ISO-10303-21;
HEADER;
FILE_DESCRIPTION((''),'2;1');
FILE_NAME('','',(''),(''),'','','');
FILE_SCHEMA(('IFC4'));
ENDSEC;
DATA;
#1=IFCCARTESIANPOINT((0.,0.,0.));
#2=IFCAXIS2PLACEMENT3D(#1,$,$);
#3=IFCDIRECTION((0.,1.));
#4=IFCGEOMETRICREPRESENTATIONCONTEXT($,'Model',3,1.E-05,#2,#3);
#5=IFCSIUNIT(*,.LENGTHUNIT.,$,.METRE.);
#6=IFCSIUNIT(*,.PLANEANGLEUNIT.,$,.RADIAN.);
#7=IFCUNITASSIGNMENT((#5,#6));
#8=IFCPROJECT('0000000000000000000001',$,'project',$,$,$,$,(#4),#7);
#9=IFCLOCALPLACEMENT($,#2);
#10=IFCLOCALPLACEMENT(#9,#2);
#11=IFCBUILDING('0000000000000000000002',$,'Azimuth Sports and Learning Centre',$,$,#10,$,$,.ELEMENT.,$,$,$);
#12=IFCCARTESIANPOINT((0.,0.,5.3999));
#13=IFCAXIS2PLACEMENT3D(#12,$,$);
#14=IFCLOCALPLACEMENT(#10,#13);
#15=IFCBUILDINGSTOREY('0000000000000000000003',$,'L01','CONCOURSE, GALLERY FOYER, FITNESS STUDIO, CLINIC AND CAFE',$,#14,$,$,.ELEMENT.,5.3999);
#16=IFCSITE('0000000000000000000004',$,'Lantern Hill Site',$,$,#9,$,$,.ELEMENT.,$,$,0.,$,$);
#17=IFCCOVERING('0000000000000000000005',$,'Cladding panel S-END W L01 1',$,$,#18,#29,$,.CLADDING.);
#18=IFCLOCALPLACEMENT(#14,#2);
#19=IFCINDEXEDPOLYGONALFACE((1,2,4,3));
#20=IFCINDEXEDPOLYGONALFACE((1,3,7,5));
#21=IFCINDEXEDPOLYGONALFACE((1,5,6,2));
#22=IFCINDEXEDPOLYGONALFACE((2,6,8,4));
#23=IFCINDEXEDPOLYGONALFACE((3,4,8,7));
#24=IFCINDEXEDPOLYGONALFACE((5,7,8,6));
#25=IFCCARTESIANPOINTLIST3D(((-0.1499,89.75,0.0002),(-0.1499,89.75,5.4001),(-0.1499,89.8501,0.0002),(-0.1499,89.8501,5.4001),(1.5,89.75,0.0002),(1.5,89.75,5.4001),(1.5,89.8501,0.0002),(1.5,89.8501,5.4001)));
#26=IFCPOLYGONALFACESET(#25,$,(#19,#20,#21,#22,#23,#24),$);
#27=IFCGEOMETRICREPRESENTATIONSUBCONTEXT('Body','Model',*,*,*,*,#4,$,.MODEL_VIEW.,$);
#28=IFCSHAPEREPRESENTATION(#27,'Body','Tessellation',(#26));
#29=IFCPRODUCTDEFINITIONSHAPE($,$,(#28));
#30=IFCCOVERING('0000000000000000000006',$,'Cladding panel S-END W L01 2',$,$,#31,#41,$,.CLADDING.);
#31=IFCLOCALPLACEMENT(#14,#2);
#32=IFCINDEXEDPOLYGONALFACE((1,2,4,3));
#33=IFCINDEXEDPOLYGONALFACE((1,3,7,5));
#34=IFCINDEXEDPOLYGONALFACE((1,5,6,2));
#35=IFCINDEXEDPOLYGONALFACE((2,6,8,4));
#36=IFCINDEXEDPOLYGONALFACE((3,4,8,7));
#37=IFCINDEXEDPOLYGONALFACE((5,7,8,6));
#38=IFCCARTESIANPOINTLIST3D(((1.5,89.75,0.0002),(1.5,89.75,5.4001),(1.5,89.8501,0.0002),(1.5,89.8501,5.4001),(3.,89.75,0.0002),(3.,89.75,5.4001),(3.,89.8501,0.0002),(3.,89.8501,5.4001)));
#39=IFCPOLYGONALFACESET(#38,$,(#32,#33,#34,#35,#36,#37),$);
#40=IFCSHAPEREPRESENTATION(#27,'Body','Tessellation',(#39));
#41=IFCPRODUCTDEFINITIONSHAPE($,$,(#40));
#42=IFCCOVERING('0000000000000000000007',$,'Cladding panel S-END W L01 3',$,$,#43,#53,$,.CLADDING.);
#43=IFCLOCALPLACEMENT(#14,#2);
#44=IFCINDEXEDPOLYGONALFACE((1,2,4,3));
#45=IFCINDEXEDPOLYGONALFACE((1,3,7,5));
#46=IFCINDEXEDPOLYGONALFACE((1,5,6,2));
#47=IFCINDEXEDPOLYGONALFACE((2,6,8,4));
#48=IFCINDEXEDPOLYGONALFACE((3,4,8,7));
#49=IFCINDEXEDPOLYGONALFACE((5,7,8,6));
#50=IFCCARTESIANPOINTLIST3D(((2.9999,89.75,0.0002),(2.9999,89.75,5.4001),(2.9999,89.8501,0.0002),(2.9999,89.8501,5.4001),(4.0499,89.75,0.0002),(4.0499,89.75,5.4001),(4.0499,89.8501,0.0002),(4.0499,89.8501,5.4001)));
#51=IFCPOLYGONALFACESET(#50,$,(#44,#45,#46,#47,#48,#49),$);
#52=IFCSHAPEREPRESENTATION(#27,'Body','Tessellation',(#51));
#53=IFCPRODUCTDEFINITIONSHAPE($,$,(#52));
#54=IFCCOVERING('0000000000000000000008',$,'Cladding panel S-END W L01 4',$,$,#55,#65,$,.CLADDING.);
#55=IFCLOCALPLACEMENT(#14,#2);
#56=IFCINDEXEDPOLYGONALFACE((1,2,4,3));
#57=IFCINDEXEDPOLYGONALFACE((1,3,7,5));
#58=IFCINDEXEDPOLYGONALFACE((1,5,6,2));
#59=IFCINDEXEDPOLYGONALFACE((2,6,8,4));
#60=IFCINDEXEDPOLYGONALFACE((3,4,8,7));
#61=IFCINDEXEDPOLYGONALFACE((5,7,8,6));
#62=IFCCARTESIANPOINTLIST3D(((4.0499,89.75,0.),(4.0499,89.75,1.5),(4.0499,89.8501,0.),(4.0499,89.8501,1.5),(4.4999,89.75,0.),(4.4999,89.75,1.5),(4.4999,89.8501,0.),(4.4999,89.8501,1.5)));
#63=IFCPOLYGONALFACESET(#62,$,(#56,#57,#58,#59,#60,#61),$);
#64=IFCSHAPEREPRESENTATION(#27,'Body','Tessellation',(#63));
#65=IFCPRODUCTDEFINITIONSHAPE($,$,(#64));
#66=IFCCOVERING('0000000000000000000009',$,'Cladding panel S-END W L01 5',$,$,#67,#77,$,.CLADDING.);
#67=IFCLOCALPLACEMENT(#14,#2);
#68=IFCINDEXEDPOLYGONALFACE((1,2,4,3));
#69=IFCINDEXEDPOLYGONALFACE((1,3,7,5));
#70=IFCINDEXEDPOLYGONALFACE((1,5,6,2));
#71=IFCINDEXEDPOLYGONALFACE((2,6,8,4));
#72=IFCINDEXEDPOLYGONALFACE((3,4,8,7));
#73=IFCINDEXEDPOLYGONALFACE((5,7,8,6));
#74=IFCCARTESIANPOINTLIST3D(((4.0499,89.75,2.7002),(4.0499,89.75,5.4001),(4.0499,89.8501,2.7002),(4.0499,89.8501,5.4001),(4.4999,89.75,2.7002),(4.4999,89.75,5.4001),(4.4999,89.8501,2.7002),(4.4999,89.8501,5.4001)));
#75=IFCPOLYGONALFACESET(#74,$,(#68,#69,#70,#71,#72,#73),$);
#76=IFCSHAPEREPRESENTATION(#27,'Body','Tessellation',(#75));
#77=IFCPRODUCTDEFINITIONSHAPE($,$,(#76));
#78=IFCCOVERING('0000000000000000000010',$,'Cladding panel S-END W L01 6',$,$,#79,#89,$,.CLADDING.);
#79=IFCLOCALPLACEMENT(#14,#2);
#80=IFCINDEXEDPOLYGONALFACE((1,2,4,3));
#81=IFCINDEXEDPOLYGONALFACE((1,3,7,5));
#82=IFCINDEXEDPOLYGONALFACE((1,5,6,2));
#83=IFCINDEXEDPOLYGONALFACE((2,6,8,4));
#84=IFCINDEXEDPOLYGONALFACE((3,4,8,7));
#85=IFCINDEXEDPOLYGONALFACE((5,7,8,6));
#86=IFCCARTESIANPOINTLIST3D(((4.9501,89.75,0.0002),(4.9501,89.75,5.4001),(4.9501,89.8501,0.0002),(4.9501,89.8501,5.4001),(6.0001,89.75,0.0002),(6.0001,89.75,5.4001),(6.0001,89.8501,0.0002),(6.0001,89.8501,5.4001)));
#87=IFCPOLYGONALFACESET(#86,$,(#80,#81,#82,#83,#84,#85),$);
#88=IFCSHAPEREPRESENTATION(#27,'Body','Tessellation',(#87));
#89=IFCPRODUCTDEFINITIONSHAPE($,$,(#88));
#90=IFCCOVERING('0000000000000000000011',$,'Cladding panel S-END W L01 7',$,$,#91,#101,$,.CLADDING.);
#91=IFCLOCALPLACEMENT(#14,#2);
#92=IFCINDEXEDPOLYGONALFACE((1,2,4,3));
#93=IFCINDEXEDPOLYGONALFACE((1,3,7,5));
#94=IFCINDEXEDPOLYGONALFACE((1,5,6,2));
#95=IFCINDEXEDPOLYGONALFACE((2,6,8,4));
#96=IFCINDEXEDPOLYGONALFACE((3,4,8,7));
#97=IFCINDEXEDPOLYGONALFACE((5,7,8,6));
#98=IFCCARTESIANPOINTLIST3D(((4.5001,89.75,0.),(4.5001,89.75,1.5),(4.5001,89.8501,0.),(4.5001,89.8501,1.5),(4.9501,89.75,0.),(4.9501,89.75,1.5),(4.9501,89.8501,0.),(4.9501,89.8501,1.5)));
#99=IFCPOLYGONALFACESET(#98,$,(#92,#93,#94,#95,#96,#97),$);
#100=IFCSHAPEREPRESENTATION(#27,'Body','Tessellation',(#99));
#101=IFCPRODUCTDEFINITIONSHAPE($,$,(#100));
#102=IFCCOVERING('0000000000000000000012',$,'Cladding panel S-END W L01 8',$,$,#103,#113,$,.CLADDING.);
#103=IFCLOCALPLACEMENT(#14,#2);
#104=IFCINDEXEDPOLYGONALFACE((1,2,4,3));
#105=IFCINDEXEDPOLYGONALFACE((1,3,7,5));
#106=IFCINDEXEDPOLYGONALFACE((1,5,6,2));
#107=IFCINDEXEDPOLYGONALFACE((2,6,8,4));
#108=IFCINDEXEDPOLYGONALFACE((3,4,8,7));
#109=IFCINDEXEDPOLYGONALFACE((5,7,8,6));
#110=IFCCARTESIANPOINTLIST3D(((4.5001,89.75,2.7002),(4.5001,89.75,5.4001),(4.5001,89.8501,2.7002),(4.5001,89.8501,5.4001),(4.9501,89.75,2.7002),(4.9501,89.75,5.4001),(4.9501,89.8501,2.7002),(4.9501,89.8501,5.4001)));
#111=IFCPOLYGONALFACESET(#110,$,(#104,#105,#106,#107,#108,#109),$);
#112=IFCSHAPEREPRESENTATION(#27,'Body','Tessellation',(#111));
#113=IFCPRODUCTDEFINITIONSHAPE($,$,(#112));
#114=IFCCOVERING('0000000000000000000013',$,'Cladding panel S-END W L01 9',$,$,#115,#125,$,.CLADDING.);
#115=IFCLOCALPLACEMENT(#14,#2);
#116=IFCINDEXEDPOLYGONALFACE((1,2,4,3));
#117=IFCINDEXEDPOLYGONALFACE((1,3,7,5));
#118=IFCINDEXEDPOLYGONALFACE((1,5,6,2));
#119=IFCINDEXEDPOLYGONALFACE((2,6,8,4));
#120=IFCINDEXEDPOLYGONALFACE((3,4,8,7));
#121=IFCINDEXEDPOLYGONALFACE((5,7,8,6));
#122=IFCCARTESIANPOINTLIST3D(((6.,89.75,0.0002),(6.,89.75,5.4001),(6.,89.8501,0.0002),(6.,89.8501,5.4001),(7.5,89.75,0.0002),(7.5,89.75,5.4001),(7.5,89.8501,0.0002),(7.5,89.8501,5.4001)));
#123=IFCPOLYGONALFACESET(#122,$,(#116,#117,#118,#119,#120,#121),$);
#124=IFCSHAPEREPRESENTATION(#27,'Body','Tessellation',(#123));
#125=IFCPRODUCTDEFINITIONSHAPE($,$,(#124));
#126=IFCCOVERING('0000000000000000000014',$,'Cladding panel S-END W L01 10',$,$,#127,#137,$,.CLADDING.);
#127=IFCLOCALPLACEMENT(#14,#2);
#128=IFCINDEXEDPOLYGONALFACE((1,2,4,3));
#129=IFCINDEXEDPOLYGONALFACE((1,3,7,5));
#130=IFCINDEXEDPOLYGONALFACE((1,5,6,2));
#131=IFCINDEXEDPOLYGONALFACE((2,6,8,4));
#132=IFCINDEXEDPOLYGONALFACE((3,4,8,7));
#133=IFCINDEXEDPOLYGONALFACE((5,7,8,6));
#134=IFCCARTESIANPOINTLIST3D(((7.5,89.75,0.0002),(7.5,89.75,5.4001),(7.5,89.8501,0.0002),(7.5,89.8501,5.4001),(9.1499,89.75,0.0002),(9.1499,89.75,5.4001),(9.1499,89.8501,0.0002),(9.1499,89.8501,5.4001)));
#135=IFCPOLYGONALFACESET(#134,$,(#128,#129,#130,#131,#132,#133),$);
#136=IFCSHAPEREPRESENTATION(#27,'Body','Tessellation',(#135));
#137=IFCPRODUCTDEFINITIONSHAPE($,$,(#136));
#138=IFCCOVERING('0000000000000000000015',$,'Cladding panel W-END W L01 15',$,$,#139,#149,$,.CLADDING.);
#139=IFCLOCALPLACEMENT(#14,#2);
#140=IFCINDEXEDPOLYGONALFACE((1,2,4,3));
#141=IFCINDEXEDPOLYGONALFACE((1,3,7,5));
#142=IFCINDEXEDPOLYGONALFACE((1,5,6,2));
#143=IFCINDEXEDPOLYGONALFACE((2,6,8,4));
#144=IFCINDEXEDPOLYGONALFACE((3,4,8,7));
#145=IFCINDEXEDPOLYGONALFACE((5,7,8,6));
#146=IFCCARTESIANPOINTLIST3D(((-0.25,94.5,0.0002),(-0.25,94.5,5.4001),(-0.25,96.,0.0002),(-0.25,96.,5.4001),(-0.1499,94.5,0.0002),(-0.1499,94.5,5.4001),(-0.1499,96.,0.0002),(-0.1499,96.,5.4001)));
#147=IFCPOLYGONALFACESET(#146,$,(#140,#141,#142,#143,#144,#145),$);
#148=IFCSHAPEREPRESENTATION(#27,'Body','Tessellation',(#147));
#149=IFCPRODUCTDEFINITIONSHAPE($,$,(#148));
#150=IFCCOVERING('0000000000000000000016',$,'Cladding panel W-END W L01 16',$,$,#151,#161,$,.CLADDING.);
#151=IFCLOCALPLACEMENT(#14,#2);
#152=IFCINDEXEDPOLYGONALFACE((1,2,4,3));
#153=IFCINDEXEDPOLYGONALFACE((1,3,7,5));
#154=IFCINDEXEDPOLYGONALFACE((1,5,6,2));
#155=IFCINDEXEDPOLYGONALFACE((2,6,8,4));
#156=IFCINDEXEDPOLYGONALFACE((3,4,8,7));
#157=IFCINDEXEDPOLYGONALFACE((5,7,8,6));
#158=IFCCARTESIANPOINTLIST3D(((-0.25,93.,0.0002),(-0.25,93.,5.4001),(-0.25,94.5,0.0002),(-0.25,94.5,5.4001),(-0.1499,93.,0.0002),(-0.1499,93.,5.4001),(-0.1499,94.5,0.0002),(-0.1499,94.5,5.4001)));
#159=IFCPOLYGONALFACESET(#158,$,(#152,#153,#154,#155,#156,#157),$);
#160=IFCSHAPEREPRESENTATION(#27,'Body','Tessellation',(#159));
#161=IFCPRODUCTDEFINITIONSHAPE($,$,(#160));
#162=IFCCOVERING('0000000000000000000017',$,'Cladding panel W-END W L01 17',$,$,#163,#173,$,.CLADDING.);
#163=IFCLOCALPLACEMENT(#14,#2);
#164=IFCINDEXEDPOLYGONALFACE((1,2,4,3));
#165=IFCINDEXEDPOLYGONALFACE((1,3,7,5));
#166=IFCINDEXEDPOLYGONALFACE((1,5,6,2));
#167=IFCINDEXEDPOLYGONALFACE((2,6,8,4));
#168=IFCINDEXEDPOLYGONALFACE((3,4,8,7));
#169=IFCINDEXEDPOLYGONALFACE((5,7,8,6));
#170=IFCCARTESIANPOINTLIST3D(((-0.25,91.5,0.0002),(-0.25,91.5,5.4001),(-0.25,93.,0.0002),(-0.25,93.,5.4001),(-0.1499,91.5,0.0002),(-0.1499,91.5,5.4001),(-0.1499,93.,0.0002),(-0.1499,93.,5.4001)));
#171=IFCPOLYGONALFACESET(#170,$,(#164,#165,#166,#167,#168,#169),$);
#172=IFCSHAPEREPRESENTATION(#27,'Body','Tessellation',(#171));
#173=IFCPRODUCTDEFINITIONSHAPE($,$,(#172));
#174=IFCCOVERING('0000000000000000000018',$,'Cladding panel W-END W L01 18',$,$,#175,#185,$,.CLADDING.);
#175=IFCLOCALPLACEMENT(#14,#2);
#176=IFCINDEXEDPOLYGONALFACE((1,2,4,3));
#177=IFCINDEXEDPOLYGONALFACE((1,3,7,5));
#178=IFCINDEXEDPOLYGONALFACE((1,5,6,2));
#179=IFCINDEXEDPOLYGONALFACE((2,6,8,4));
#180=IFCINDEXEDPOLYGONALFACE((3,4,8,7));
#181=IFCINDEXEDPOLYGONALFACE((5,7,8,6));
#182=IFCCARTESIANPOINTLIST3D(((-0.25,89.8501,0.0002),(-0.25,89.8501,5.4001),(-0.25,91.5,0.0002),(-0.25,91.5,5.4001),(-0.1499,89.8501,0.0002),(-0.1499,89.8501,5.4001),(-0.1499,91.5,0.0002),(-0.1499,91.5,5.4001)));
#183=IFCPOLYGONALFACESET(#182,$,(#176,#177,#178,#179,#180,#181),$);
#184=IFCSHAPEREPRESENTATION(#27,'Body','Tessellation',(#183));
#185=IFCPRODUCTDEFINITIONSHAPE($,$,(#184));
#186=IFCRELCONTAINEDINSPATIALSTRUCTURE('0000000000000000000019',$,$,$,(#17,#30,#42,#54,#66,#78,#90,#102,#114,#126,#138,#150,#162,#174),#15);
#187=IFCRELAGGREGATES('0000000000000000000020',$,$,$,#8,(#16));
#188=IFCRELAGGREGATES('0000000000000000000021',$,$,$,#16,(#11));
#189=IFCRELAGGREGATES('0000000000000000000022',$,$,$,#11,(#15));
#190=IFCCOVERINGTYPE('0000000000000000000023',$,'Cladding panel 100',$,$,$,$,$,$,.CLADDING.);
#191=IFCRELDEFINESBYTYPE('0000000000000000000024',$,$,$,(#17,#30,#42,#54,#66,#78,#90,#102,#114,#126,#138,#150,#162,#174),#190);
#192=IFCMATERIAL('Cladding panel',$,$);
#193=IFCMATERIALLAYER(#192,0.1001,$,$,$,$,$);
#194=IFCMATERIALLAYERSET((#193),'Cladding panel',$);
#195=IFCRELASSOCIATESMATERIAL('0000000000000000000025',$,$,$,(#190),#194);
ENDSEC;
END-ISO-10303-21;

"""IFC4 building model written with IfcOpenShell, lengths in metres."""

from ifc_helpers import new_model, si_unit, direction, frame, origin, origin_2d, place, context, subcontext, project, spatial, rectangle, extrude, material, layer, layer_set, type_object, element, save


model = new_model("IFC4")

# Units and contexts
model_context = context("Model", 3, precision=1e-05, world=origin(), true_north=direction((0.0, 1.0)))
body_context = subcontext(model_context, "Body", "Model", "MODEL_VIEW")
ifc_project = project(units=[si_unit("LENGTHUNIT", "METRE"), si_unit("PLANEANGLEUNIT", "RADIAN")], contexts=[model_context])

# Site, building, storey
site_placement = place(None, origin())
site = spatial("IfcSite", under=ifc_project, at=site_placement, Name="Lantern Hill Site", CompositionType="ELEMENT", RefElevation=0.0)
building_placement = place(site_placement, origin())
building = spatial("IfcBuilding", under=site, at=building_placement, Name="Azimuth Sports and Learning Centre", CompositionType="ELEMENT")
storey_placement = place(building_placement, frame((0.0, 0.0, 5.3999)))
storey = spatial("IfcBuildingStorey", under=building, at=storey_placement, Name="L01", Description="CONCOURSE, GALLERY FOYER, FITNESS STUDIO, CLINIC AND CAFE", CompositionType="ELEMENT", Elevation=5.3999)

# Coverings
ifc_material_1 = material(Name="Cladding panel")
ifc_layer_1 = layer(ifc_material_1, 0.1001)
ifc_layer_set_1 = layer_set([ifc_layer_1], Name="Cladding panel")
covering_type = type_object("IfcCoveringType", Name="Cladding panel 100", PredefinedType="CLADDING", material=ifc_layer_set_1)
covering_1_placement = place(storey_placement, frame((0.675, 89.8, 0.0002), z_axis=(0.0, 0.0, 1.0), x_axis=(1.0, 0.0, 0.0)))
element("IfcCovering", 1, at=covering_1_placement, inside=storey, type_object=covering_type, Name="Cladding panel S-END W L01 1", PredefinedType="CLADDING", context=body_context, shape_type="SweptSolid", body=[
    extrude(rectangle(XDim=1.6499, YDim=0.1001, at=origin_2d()), origin(), (0.0, 0.0, 1.0), 5.3999),
])
covering_2_placement = place(storey_placement, frame((2.25, 89.8, 0.0002), z_axis=(0.0, 0.0, 1.0), x_axis=(1.0, 0.0, 0.0)))
element("IfcCovering", 2, at=covering_2_placement, inside=storey, type_object=covering_type, Name="Cladding panel S-END W L01 2", PredefinedType="CLADDING", context=body_context, shape_type="SweptSolid", body=[
    extrude(rectangle(XDim=1.5, YDim=0.1001, at=origin_2d()), origin(), (0.0, 0.0, 1.0), 5.3999),
])
covering_3_placement = place(storey_placement, frame((3.5249, 89.8, 0.0002), z_axis=(0.0, 0.0, 1.0), x_axis=(1.0, 0.0, 0.0)))
element("IfcCovering", 3, at=covering_3_placement, inside=storey, type_object=covering_type, Name="Cladding panel S-END W L01 3", PredefinedType="CLADDING", context=body_context, shape_type="SweptSolid", body=[
    extrude(rectangle(XDim=1.05, YDim=0.1001, at=origin_2d()), origin(), (0.0, 0.0, 1.0), 5.3999),
])
covering_4_placement = place(storey_placement, frame((4.2749, 89.8, 0.0), z_axis=(0.0, 0.0, 1.0), x_axis=(1.0, 0.0, 0.0)))
element("IfcCovering", 4, at=covering_4_placement, inside=storey, type_object=covering_type, Name="Cladding panel S-END W L01 4", PredefinedType="CLADDING", context=body_context, shape_type="SweptSolid", body=[
    extrude(rectangle(XDim=0.45, YDim=0.1001, at=origin_2d()), origin(), (0.0, 0.0, 1.0), 1.5),
])
covering_5_placement = place(storey_placement, frame((4.2749, 89.8, 2.7002), z_axis=(0.0, 0.0, 1.0), x_axis=(1.0, 0.0, 0.0)))
element("IfcCovering", 5, at=covering_5_placement, inside=storey, type_object=covering_type, Name="Cladding panel S-END W L01 5", PredefinedType="CLADDING", context=body_context, shape_type="SweptSolid", body=[
    extrude(rectangle(XDim=0.45, YDim=0.1001, at=origin_2d()), origin(), (0.0, 0.0, 1.0), 2.7),
])
covering_6_placement = place(storey_placement, frame((5.4751, 89.8, 0.0002), z_axis=(0.0, 0.0, 1.0), x_axis=(1.0, 0.0, 0.0)))
element("IfcCovering", 6, at=covering_6_placement, inside=storey, type_object=covering_type, Name="Cladding panel S-END W L01 6", PredefinedType="CLADDING", context=body_context, shape_type="SweptSolid", body=[
    extrude(rectangle(XDim=1.05, YDim=0.1001, at=origin_2d()), origin(), (0.0, 0.0, 1.0), 5.3999),
])
covering_7_placement = place(storey_placement, frame((4.7251, 89.8, 0.0), z_axis=(0.0, 0.0, 1.0), x_axis=(1.0, 0.0, 0.0)))
element("IfcCovering", 7, at=covering_7_placement, inside=storey, type_object=covering_type, Name="Cladding panel S-END W L01 7", PredefinedType="CLADDING", context=body_context, shape_type="SweptSolid", body=[
    extrude(rectangle(XDim=0.45, YDim=0.1001, at=origin_2d()), origin(), (0.0, 0.0, 1.0), 1.5),
])
covering_8_placement = place(storey_placement, frame((4.7251, 89.8, 2.7002), z_axis=(0.0, 0.0, 1.0), x_axis=(1.0, 0.0, 0.0)))
element("IfcCovering", 8, at=covering_8_placement, inside=storey, type_object=covering_type, Name="Cladding panel S-END W L01 8", PredefinedType="CLADDING", context=body_context, shape_type="SweptSolid", body=[
    extrude(rectangle(XDim=0.45, YDim=0.1001, at=origin_2d()), origin(), (0.0, 0.0, 1.0), 2.7),
])
covering_9_placement = place(storey_placement, frame((6.75, 89.8, 0.0002), z_axis=(0.0, 0.0, 1.0), x_axis=(1.0, 0.0, 0.0)))
element("IfcCovering", 9, at=covering_9_placement, inside=storey, type_object=covering_type, Name="Cladding panel S-END W L01 9", PredefinedType="CLADDING", context=body_context, shape_type="SweptSolid", body=[
    extrude(rectangle(XDim=1.5, YDim=0.1001, at=origin_2d()), origin(), (0.0, 0.0, 1.0), 5.3999),
])
covering_10_placement = place(storey_placement, frame((8.325, 89.8, 0.0002), z_axis=(0.0, 0.0, 1.0), x_axis=(1.0, 0.0, 0.0)))
element("IfcCovering", 10, at=covering_10_placement, inside=storey, type_object=covering_type, Name="Cladding panel S-END W L01 10", PredefinedType="CLADDING", context=body_context, shape_type="SweptSolid", body=[
    extrude(rectangle(XDim=1.6499, YDim=0.1001, at=origin_2d()), origin(), (0.0, 0.0, 1.0), 5.3999),
])
for number, where, z_axis, x_axis, name in (
    (11, (-0.2, 95.25, 0.0002), (0.0, 0.0, 1.0), (0.0, -1.0, 0.0), "Cladding panel W-END W L01 15"),
    (12, (-0.2, 93.75, 0.0002), (0.0, 0.0, 1.0), (0.0, -1.0, 0.0), "Cladding panel W-END W L01 16"),
    (13, (-0.2, 92.25, 0.0002), (0.0, 0.0, 1.0), (0.0, -1.0, 0.0), "Cladding panel W-END W L01 17"),
):
    element("IfcCovering", number, at=place(storey_placement, frame(where, z_axis=z_axis, x_axis=x_axis)), inside=storey, type_object=covering_type, Name=name, PredefinedType="CLADDING", context=body_context, shape_type="SweptSolid", body=[
        extrude(rectangle(XDim=1.5, YDim=0.1001, at=origin_2d()), origin(), (0.0, 0.0, 1.0), 5.3999),
    ])
covering_11_placement = place(storey_placement, frame((-0.2, 90.675, 0.0002), z_axis=(0.0, 0.0, 1.0), x_axis=(0.0, -1.0, 0.0)))
element("IfcCovering", 14, at=covering_11_placement, inside=storey, type_object=covering_type, Name="Cladding panel W-END W L01 18", PredefinedType="CLADDING", context=body_context, shape_type="SweptSolid", body=[
    extrude(rectangle(XDim=1.6499, YDim=0.1001, at=origin_2d()), origin(), (0.0, 0.0, 1.0), 5.3999),
])

save(model, "model.ifc")
